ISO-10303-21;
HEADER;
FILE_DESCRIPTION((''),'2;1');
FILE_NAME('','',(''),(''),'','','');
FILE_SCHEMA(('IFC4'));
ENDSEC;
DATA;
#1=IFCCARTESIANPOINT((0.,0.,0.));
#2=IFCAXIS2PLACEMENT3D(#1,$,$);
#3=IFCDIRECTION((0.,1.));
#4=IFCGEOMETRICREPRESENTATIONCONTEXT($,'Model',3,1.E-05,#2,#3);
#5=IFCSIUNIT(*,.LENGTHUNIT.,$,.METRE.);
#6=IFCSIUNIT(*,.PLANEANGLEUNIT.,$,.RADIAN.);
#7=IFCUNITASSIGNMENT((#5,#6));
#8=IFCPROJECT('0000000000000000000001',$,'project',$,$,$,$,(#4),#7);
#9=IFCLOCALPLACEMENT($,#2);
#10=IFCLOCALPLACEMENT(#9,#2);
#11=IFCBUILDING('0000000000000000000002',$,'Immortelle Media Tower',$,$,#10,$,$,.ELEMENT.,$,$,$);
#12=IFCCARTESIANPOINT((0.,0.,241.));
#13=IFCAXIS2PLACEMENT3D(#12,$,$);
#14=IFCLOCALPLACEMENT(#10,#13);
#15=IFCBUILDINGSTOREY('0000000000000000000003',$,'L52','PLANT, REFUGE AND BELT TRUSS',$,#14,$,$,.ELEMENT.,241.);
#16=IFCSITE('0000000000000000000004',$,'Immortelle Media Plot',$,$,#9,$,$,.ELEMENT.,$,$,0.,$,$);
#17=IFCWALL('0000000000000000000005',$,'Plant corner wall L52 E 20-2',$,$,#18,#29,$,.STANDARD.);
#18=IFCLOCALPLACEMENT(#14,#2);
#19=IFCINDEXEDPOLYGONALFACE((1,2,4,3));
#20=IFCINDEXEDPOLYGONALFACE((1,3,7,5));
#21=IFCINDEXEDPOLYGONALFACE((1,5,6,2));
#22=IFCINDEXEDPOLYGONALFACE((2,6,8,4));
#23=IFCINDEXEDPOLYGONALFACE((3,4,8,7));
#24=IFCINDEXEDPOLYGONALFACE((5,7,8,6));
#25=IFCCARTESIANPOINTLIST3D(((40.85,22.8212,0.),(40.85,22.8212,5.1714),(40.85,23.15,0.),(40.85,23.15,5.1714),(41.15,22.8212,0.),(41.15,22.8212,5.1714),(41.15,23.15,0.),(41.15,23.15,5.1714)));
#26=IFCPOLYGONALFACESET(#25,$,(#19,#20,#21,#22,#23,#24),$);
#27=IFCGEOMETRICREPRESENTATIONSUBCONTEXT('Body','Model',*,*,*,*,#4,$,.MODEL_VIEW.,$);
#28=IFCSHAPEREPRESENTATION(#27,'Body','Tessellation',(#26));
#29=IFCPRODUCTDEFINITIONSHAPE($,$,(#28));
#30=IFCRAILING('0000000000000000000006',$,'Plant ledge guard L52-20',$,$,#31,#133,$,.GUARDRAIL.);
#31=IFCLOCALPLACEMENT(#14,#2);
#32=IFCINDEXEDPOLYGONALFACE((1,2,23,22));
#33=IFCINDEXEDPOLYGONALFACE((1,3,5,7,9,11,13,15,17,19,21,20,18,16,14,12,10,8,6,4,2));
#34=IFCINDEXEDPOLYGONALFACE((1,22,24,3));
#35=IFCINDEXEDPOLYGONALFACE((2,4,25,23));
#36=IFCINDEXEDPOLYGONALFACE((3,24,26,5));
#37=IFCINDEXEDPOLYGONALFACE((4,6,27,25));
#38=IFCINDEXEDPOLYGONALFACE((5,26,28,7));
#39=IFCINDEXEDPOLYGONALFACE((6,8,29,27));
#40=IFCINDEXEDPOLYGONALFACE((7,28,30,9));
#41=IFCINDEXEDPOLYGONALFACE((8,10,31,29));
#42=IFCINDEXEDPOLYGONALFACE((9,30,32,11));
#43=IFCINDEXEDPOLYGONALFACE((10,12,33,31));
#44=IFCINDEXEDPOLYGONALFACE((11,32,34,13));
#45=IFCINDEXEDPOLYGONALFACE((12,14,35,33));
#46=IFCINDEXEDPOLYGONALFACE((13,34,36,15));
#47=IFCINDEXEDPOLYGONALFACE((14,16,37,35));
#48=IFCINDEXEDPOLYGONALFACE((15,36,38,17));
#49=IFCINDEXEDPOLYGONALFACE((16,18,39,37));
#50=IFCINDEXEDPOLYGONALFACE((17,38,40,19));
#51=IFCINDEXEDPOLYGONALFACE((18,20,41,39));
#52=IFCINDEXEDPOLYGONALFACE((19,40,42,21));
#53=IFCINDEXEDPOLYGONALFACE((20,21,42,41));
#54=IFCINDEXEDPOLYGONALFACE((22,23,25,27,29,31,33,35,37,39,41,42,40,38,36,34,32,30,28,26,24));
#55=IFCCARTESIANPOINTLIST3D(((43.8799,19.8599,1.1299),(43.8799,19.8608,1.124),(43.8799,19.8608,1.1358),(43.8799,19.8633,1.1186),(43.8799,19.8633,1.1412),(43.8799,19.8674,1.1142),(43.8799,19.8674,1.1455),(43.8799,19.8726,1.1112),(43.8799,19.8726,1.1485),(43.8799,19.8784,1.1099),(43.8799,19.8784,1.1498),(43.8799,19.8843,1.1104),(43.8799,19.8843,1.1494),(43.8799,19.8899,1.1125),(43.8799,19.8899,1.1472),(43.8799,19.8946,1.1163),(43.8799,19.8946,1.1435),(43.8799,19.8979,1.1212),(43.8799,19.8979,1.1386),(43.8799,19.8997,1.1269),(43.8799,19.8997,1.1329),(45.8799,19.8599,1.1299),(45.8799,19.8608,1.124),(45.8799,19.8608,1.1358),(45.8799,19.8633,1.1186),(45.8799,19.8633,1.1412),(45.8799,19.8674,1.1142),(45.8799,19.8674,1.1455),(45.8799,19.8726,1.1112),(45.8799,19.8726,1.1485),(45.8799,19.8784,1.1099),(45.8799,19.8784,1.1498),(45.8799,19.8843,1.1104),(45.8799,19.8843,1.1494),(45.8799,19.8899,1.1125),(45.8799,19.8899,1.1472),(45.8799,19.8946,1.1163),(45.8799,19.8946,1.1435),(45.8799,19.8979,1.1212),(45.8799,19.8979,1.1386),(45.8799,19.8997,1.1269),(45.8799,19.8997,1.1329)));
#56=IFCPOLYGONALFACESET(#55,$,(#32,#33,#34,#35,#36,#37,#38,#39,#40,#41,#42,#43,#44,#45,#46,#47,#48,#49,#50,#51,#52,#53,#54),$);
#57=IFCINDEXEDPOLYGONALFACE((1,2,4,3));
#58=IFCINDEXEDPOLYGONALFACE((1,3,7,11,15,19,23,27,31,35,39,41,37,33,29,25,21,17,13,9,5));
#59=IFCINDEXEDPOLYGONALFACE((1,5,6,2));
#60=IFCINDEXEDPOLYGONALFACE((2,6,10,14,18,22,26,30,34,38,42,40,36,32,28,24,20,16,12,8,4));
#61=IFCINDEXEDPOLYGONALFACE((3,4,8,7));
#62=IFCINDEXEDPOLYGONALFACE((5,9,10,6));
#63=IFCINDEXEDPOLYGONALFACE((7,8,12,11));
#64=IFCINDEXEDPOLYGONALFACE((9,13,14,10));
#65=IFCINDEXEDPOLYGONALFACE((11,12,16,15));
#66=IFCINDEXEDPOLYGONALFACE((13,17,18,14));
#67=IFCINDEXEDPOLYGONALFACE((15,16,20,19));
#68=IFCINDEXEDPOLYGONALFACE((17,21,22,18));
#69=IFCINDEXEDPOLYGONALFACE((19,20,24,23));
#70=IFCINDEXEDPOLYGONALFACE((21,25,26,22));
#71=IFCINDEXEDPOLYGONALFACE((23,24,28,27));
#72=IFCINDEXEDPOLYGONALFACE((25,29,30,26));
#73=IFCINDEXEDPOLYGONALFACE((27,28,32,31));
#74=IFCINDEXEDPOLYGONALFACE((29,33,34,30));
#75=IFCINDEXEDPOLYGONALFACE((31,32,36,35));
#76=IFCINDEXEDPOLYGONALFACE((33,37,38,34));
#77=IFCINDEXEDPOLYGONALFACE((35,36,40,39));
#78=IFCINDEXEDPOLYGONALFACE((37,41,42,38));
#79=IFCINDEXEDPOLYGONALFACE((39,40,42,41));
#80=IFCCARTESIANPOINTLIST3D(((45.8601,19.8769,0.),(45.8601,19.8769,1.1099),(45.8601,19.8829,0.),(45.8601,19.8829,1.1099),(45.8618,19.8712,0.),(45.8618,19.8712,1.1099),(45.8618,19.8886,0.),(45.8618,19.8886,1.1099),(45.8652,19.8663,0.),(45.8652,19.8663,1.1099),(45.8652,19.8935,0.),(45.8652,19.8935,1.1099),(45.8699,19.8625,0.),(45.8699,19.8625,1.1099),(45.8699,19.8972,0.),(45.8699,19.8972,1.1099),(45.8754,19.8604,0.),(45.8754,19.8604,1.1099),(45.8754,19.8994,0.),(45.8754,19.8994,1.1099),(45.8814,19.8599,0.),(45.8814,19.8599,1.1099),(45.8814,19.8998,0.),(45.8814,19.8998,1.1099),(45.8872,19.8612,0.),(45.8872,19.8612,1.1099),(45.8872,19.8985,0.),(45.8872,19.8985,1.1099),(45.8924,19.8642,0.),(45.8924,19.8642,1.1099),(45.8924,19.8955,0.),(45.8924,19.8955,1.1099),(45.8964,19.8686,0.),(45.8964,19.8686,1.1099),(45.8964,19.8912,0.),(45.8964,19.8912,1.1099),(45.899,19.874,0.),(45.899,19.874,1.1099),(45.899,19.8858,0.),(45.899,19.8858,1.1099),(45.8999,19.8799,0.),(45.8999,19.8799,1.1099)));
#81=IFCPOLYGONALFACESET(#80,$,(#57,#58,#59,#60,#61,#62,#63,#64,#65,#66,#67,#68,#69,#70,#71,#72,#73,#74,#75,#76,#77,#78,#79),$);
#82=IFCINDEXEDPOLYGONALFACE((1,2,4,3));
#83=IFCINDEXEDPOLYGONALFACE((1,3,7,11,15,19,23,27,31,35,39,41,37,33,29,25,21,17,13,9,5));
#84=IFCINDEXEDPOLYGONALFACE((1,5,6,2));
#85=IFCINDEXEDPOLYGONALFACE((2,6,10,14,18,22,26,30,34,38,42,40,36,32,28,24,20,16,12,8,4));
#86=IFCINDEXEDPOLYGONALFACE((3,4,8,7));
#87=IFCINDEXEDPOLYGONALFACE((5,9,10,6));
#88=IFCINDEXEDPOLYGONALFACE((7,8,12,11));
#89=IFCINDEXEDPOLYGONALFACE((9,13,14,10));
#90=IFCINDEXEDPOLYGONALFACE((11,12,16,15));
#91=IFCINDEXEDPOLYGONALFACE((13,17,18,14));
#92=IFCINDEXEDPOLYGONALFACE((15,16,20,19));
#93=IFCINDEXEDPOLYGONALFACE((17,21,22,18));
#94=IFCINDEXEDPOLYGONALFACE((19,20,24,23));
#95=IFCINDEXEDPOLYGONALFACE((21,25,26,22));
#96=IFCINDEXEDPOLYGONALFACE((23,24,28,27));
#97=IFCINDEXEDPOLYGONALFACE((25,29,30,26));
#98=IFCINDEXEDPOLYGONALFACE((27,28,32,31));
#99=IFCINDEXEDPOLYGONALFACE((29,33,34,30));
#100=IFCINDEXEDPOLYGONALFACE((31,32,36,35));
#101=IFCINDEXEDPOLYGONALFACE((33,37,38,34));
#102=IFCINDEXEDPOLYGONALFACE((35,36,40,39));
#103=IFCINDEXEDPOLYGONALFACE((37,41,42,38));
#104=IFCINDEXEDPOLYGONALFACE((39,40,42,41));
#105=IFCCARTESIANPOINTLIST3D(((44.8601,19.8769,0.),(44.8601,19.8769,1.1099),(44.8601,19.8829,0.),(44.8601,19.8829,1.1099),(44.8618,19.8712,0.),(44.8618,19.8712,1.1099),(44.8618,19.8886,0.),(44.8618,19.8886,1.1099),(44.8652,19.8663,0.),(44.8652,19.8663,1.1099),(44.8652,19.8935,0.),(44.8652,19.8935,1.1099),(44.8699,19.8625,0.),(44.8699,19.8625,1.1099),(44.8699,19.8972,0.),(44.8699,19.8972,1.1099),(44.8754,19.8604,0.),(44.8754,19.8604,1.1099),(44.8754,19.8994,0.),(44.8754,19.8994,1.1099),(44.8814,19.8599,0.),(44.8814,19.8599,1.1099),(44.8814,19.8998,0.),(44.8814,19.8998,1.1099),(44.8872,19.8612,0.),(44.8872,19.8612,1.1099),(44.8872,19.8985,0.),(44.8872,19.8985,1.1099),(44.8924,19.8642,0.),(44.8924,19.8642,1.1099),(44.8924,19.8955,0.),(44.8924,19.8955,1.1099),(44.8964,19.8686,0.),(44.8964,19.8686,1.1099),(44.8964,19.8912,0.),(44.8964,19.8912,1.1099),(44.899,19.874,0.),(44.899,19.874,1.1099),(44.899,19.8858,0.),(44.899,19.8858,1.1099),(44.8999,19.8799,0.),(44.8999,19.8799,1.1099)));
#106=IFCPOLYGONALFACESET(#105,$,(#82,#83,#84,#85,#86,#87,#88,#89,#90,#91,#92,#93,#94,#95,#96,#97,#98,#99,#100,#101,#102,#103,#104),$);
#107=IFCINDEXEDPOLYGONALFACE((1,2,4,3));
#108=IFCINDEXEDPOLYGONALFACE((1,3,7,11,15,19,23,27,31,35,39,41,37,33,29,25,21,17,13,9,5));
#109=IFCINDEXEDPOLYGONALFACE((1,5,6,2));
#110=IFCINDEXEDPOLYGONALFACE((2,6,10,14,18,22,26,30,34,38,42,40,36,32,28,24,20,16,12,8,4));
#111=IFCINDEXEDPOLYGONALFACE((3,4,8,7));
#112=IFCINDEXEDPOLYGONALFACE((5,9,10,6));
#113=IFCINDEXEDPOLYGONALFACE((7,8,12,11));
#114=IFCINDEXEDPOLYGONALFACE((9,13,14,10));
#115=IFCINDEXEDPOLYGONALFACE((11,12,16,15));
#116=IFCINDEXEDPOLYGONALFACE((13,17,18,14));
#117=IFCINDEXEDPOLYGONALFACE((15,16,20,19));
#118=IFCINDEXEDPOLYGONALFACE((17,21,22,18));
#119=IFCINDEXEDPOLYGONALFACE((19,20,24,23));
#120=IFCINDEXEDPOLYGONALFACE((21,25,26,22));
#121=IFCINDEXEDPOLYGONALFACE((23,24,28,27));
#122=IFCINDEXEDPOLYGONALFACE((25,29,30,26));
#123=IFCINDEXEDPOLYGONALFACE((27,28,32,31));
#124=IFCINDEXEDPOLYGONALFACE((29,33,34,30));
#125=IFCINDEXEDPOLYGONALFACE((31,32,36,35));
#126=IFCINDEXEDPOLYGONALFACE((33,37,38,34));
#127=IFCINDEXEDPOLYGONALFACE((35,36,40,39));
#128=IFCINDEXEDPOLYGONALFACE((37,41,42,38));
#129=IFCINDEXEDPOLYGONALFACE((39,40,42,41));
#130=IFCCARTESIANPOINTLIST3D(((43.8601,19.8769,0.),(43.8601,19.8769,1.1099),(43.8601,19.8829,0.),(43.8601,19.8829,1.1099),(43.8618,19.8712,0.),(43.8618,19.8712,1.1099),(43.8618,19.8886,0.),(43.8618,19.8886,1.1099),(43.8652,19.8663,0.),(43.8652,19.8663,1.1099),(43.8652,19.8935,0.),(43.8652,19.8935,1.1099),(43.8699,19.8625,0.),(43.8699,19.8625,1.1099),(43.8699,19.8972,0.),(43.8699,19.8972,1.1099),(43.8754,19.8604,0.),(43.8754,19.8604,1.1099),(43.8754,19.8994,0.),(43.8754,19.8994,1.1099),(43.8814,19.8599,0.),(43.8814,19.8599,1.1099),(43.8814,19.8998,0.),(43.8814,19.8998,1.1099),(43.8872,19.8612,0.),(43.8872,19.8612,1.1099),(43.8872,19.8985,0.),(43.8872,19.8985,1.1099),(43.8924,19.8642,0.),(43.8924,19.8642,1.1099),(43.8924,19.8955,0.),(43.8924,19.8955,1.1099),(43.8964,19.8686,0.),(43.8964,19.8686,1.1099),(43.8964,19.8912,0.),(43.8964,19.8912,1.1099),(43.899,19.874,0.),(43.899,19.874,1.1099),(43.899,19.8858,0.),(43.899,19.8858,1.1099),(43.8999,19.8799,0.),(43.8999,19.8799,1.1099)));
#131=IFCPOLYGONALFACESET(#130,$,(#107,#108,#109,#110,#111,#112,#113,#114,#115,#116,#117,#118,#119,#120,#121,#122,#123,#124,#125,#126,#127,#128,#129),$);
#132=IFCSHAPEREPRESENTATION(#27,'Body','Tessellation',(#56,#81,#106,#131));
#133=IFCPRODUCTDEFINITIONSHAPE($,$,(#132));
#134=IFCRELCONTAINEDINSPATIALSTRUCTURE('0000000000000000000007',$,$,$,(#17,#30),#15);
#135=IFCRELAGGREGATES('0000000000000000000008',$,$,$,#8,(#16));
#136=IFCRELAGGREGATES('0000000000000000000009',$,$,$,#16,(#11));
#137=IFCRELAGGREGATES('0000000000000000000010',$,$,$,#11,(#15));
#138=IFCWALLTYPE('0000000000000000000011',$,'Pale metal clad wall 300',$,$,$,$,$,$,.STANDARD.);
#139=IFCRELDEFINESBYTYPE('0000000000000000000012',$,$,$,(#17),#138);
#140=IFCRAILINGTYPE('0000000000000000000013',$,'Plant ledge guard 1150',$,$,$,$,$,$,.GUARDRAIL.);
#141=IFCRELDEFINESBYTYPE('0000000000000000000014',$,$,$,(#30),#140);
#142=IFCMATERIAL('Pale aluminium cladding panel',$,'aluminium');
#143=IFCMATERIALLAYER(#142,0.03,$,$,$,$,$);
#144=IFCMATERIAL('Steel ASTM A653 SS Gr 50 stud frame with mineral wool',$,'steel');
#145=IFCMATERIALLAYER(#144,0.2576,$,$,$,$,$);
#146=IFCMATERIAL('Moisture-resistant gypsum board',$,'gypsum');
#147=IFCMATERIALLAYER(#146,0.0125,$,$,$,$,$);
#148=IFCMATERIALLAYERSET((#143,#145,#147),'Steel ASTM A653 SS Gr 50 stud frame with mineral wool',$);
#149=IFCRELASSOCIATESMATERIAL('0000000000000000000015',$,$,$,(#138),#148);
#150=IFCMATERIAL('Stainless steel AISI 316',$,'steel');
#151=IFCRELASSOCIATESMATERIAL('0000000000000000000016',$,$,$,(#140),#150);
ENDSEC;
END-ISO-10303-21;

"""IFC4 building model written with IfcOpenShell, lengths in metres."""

from ifc_helpers import new_model, si_unit, direction, frame, frame_2d, origin, origin_2d, place, context, subcontext, project, spatial, rectangle, circle, extrude, material, layer, layer_set, type_object, element, save


model = new_model("IFC4")

# Units and contexts
model_context = context("Model", 3, precision=1e-05, world=origin(), true_north=direction((0.0, 1.0)))
body_context = subcontext(model_context, "Body", "Model", "MODEL_VIEW")
ifc_project = project(units=[si_unit("LENGTHUNIT", "METRE"), si_unit("PLANEANGLEUNIT", "RADIAN")], contexts=[model_context])

# Site, building, storey
site_placement = place(None, origin())
site = spatial("IfcSite", under=ifc_project, at=site_placement, Name="Immortelle Media Plot", CompositionType="ELEMENT", RefElevation=0.0)
building_placement = place(site_placement, origin())
building = spatial("IfcBuilding", under=site, at=building_placement, Name="Immortelle Media Tower", CompositionType="ELEMENT")
storey_placement = place(building_placement, frame((0.0, 0.0, 241.0)))
storey = spatial("IfcBuildingStorey", under=building, at=storey_placement, Name="L52", Description="PLANT, REFUGE AND BELT TRUSS", CompositionType="ELEMENT", Elevation=241.0)

# Wall
ifc_material_1 = material(Name="Pale aluminium cladding panel", Category="aluminium")
ifc_layer_1 = layer(ifc_material_1, 0.03)
ifc_material_2 = material(Name="Steel ASTM A653 SS Gr 50 stud frame with mineral wool", Category="steel")
ifc_layer_2 = layer(ifc_material_2, 0.2576)
ifc_material_3 = material(Name="Moisture-resistant gypsum board", Category="gypsum")
ifc_layer_3 = layer(ifc_material_3, 0.0125)
ifc_layer_set_1 = layer_set([ifc_layer_1, ifc_layer_2, ifc_layer_3], Name="Steel ASTM A653 SS Gr 50 stud frame with mineral wool")
wall_type = type_object("IfcWallType", Name="Pale metal clad wall 300", PredefinedType="STANDARD", material=ifc_layer_set_1)
wall_1_placement = place(storey_placement, frame((41.0, 22.821, 0.0), z_axis=(0.0, 0.0, 1.0), x_axis=(0.0, 1.0, 0.0)))
element("IfcWall", 1, at=wall_1_placement, inside=storey, type_object=wall_type, Name="Plant corner wall L52 E 20-2", PredefinedType="STANDARD", context=body_context, shape_type="SweptSolid", body=[
    extrude(rectangle(XDim=0.3289, YDim=0.3, at=frame_2d((0.1646, 0.0))), origin(), (0.0, 0.0, 1.0), 5.1714),
])

# Railing
ifc_material_4 = material(Name="Stainless steel AISI 316", Category="steel")
railing_type = type_object("IfcRailingType", Name="Plant ledge guard 1150", PredefinedType="GUARDRAIL", material=ifc_material_4)
railing_1_placement = place(storey_placement, frame((45.8799, 19.8799, 0.0)))
element("IfcRailing", 2, at=railing_1_placement, inside=storey, type_object=railing_type, Name="Plant ledge guard L52-20", PredefinedType="GUARDRAIL", context=body_context, shape_type="SweptSolid", body=[
    extrude(circle(Radius=0.02, at=origin_2d()), frame((0.0, 0.0, 1.1299), z_axis=(-1.0, 0.0, 0.0), x_axis=(0.0, -1.0, 0.0)), (0.0, 0.0, 1.0), 2.0),
    extrude(circle(Radius=0.02, at=origin_2d()), origin(), (0.0, 0.0, 1.0), 1.1099),
    extrude(circle(Radius=0.02, at=origin_2d()), frame((-1.0, 0.0, 0.0)), (0.0, 0.0, 1.0), 1.1099),
    extrude(circle(Radius=0.02, at=origin_2d()), frame((-2.0, 0.0, 0.0)), (0.0, 0.0, 1.0), 1.1099),
])

save(model, "model.ifc")
